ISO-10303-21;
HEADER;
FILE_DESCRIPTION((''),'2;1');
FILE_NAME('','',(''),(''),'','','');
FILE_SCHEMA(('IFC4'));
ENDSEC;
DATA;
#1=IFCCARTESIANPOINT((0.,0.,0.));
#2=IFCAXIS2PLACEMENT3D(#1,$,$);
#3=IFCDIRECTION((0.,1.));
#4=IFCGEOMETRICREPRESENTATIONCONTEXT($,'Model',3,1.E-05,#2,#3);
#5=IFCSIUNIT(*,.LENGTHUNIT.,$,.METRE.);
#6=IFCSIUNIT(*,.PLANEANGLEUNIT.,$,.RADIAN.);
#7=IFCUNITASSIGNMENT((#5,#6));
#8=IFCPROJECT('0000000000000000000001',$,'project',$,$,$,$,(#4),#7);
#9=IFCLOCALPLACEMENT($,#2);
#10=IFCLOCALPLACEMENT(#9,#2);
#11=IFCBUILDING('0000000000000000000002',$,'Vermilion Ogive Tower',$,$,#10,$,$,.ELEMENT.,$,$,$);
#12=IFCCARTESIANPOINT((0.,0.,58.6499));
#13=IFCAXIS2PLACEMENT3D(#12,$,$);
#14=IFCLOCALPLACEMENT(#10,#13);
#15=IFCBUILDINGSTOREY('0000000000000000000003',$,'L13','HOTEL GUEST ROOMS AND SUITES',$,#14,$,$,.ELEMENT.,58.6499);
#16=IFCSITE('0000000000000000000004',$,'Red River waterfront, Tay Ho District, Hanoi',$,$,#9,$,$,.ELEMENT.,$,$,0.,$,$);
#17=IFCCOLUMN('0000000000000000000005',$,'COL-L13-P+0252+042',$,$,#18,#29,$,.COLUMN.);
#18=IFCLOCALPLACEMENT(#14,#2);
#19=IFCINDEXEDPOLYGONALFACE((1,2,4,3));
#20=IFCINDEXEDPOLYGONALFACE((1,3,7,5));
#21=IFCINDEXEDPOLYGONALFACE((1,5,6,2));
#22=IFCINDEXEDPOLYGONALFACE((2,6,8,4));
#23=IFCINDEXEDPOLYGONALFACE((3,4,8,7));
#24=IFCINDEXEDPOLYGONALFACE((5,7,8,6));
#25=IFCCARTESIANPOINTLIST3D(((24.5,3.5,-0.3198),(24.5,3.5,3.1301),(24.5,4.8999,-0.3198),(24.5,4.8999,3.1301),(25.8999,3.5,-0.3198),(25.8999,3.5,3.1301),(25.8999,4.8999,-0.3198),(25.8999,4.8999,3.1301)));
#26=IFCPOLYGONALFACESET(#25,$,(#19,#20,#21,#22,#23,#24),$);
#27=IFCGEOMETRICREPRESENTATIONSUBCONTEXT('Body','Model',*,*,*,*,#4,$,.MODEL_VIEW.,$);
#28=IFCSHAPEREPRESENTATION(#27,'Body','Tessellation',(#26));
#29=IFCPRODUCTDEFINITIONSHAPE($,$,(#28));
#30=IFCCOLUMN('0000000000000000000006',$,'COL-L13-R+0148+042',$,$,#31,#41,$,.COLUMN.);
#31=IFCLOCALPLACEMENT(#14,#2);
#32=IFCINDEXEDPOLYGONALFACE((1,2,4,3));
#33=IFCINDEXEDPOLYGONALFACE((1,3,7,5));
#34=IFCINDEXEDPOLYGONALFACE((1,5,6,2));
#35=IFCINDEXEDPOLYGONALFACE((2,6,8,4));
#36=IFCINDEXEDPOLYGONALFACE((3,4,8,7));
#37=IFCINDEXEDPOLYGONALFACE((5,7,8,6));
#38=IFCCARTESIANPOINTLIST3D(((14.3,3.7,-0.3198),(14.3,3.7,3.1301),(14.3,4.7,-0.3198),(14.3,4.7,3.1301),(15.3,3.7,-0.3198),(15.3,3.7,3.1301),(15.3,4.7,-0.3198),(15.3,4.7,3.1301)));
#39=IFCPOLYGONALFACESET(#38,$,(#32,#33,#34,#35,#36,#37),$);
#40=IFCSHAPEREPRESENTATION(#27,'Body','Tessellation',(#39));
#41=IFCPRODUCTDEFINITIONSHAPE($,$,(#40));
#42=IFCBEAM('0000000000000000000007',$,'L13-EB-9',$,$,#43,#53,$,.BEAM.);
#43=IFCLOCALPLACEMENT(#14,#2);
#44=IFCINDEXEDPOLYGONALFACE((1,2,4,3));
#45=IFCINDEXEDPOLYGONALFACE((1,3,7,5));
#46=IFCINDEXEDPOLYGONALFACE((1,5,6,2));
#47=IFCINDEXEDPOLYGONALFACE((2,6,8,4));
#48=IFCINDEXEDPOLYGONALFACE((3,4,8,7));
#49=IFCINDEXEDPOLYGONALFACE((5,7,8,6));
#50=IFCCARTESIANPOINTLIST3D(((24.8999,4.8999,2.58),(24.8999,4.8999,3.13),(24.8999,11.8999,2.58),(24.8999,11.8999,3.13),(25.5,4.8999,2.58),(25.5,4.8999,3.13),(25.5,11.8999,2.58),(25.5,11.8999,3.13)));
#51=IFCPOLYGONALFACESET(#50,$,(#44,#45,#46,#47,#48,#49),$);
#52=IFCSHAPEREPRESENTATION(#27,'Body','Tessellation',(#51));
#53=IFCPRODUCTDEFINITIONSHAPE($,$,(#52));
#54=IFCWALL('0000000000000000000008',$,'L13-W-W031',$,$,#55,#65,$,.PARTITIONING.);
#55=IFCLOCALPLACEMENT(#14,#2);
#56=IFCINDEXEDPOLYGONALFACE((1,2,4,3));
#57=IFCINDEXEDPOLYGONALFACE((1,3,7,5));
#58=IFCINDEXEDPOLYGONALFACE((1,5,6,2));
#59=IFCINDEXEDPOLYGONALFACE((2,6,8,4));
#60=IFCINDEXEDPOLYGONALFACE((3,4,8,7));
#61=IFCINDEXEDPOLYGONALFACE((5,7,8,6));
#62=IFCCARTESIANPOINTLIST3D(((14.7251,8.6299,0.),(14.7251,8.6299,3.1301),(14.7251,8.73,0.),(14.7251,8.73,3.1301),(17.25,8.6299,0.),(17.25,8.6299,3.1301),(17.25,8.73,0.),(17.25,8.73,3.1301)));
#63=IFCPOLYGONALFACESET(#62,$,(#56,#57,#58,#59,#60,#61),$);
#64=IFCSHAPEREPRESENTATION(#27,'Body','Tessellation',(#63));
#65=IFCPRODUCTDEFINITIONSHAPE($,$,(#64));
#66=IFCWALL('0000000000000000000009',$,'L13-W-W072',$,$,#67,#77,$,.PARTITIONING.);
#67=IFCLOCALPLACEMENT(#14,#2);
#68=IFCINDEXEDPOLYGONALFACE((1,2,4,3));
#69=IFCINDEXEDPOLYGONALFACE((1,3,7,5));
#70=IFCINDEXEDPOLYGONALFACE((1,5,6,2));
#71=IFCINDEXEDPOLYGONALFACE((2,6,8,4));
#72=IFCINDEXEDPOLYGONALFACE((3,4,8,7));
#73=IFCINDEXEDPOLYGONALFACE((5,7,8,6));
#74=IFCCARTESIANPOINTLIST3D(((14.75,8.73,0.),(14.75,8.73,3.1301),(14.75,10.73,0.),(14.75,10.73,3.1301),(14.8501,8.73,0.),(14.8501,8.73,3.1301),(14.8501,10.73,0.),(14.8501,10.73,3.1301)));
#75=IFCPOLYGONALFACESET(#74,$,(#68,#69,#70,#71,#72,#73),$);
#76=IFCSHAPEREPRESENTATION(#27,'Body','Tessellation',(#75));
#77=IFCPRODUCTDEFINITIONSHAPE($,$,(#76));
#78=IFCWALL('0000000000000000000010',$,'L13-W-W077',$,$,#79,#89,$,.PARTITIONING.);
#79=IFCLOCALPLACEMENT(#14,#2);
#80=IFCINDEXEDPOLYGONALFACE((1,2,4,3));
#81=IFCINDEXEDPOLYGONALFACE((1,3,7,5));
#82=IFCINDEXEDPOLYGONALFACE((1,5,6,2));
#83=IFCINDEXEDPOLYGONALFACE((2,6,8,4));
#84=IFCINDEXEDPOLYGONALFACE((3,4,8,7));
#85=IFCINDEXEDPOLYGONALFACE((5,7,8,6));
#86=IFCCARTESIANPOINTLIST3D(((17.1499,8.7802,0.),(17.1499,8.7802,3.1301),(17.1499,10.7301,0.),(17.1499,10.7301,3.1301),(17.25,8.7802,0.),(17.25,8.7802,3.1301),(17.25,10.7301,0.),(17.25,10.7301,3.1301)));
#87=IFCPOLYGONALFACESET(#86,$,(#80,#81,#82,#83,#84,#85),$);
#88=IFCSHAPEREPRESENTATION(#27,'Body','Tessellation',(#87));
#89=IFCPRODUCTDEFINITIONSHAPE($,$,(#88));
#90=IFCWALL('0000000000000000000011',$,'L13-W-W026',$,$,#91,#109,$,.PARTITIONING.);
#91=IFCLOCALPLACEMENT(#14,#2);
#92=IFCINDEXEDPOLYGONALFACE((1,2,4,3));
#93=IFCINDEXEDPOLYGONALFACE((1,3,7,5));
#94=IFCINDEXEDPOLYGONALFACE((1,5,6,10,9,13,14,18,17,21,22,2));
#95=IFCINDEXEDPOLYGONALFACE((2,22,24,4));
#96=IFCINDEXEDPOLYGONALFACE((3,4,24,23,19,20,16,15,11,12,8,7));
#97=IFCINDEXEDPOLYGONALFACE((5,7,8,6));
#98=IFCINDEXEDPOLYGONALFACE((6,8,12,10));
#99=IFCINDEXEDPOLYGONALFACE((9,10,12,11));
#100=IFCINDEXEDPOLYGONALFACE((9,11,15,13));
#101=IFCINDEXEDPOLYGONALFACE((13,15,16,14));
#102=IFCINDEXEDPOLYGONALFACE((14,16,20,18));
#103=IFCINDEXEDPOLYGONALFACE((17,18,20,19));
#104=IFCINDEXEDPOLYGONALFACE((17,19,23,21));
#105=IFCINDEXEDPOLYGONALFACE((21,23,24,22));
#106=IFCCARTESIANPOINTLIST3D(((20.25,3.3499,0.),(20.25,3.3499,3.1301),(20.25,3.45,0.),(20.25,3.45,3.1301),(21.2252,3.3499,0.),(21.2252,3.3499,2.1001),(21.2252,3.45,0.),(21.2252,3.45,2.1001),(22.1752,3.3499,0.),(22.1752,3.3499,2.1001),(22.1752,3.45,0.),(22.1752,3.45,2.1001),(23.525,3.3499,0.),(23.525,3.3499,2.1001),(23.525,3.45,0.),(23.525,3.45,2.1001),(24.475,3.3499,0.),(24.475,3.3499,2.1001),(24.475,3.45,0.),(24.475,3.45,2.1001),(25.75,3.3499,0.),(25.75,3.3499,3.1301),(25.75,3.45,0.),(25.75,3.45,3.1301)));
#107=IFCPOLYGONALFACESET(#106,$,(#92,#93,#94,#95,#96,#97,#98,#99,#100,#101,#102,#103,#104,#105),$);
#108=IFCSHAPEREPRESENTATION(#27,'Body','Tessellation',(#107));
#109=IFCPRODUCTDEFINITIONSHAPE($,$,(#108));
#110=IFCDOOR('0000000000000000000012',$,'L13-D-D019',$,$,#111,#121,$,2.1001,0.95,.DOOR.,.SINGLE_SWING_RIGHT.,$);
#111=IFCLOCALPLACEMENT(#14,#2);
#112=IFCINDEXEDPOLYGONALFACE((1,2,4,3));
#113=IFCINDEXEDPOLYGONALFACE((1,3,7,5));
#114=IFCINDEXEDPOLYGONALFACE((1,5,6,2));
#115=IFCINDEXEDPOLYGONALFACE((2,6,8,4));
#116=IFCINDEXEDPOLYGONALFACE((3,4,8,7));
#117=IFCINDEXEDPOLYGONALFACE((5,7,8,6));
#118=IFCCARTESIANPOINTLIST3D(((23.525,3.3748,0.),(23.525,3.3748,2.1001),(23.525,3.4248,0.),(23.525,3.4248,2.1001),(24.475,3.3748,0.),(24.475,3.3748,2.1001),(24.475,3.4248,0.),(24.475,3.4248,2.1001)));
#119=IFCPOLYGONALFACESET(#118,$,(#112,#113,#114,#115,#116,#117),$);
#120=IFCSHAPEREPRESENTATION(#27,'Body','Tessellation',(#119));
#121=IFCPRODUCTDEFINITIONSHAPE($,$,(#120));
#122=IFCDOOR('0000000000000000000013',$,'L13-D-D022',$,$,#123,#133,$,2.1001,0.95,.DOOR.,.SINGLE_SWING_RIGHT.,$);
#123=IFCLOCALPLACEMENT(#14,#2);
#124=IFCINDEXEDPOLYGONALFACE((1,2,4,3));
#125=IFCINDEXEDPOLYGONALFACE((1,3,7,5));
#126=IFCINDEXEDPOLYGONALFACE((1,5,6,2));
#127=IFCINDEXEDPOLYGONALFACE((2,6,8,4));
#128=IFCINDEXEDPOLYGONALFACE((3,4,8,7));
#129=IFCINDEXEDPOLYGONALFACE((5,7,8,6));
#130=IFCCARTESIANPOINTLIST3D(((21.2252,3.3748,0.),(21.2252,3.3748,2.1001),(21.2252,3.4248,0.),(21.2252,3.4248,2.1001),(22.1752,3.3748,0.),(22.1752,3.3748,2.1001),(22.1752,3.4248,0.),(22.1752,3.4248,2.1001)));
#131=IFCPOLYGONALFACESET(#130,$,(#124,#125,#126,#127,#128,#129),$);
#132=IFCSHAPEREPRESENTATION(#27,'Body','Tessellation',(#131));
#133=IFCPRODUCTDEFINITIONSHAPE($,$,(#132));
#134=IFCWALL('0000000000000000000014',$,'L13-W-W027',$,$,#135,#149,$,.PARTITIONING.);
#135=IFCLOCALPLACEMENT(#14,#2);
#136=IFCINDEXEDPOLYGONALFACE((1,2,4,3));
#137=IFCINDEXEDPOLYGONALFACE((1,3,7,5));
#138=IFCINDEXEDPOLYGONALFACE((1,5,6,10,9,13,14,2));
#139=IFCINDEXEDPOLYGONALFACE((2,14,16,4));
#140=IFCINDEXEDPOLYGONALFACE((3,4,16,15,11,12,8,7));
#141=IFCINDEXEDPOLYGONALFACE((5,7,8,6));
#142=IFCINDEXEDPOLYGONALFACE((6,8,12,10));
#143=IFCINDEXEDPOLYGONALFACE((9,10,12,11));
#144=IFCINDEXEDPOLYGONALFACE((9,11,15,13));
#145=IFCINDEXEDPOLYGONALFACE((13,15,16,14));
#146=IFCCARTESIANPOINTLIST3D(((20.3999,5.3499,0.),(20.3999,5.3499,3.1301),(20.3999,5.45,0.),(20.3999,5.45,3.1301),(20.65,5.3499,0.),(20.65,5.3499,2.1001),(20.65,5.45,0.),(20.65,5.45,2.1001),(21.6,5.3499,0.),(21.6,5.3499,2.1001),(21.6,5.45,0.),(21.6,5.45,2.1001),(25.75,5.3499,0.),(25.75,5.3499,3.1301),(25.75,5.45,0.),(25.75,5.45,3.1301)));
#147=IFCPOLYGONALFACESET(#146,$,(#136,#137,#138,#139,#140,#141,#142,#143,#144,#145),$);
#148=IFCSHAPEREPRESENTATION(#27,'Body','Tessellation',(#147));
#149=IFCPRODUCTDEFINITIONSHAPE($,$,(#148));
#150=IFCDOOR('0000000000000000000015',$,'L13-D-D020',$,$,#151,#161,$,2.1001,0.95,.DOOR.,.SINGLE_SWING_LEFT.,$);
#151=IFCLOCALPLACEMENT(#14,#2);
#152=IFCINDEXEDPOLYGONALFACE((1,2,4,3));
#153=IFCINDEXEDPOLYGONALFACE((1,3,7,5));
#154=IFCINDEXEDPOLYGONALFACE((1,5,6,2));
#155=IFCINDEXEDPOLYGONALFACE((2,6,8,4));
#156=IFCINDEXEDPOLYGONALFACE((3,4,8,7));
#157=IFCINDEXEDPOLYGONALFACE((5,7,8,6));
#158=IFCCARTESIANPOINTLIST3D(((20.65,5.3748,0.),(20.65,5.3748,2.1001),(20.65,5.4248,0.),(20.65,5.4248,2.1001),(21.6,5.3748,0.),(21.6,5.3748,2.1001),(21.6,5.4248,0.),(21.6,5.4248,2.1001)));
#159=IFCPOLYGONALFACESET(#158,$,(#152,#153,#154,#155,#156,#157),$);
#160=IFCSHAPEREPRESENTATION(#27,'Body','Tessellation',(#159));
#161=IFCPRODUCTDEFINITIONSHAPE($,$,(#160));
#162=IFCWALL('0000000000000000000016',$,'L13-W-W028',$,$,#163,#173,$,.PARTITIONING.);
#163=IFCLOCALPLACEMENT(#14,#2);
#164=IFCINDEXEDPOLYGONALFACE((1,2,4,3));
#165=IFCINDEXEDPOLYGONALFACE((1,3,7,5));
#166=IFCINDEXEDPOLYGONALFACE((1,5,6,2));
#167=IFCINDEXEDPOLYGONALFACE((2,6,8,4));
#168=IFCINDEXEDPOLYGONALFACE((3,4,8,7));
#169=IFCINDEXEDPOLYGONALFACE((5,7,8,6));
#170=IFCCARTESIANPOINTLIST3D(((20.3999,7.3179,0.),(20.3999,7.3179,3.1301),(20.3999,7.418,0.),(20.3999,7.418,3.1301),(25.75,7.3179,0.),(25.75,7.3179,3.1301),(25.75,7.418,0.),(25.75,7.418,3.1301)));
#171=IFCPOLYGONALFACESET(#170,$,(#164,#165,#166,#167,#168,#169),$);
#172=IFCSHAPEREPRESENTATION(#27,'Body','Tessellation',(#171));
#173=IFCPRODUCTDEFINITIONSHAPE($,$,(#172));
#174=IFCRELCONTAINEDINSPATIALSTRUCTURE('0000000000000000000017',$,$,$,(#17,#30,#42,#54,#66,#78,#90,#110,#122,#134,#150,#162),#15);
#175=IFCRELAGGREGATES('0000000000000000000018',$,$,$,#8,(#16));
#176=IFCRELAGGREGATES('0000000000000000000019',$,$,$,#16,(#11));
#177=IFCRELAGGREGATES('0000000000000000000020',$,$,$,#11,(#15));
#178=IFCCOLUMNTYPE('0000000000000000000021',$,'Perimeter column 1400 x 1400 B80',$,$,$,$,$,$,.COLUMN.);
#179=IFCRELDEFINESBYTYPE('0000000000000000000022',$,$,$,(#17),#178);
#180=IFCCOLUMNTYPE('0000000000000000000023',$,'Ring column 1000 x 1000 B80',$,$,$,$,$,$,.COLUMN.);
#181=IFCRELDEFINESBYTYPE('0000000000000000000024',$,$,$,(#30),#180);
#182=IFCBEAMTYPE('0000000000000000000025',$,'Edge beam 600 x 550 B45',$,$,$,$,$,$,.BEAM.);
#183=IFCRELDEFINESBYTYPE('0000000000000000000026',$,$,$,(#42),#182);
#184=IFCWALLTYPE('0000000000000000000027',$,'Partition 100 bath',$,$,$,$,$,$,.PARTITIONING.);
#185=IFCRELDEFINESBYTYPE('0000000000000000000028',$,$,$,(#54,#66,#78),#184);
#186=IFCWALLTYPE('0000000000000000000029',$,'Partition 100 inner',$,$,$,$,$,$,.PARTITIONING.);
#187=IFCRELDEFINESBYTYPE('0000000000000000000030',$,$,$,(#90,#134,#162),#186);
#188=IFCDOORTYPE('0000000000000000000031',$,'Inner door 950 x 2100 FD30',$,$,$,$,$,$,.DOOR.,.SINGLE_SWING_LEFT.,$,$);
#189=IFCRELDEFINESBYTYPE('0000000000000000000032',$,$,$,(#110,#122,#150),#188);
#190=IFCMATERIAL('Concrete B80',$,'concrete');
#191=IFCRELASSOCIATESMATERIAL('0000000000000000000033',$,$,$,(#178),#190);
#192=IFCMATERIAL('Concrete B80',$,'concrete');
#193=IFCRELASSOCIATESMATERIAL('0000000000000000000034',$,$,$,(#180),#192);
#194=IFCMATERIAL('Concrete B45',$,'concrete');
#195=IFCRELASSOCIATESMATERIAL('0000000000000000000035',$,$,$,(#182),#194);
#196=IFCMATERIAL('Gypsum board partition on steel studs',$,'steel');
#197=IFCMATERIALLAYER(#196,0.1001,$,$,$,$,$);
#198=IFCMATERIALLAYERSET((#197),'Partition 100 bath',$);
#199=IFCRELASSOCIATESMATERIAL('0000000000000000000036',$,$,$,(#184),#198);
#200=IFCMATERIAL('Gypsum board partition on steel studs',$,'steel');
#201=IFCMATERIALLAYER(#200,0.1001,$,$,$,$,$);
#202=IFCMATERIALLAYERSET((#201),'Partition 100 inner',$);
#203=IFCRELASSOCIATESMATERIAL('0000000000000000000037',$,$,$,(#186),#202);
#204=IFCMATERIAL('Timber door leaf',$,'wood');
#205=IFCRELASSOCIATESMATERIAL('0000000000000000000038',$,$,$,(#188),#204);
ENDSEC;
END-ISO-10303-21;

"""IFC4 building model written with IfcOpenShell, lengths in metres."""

from ifc_helpers import new_model, si_unit, direction, frame, frame_2d, origin, origin_2d, place, context, subcontext, project, spatial, rectangle, extrude, material, layer, layer_set, material_profile, profile_set, type_object, element, fill, save


model = new_model("IFC4")

# Units and contexts
model_context = context("Model", 3, precision=1e-05, world=origin(), true_north=direction((0.0, 1.0)))
body_context = subcontext(model_context, "Body", "Model", "MODEL_VIEW")
ifc_project = project(units=[si_unit("LENGTHUNIT", "METRE"), si_unit("PLANEANGLEUNIT", "RADIAN")], contexts=[model_context])

# Site, building, storey
site_placement = place(None, origin())
site = spatial("IfcSite", under=ifc_project, at=site_placement, Name="Red River waterfront, Tay Ho District, Hanoi", CompositionType="ELEMENT", RefElevation=0.0)
building_placement = place(site_placement, origin())
building = spatial("IfcBuilding", under=site, at=building_placement, Name="Vermilion Ogive Tower", CompositionType="ELEMENT")
storey_placement = place(building_placement, frame((0.0, 0.0, 58.6499)))
storey = spatial("IfcBuildingStorey", under=building, at=storey_placement, Name="L13", Description="HOTEL GUEST ROOMS AND SUITES", CompositionType="ELEMENT", Elevation=58.6499)

# Columns
ifc_material_1 = material(Name="Concrete B80", Category="concrete")
ifc_material_profile_1 = material_profile(ifc_material_1, rectangle(XDim=1.3999, YDim=1.3999, at=origin_2d()), Name="1400 x 1400")
ifc_profile_set_1 = profile_set([ifc_material_profile_1], Name="Concrete B80")
column_type_1 = type_object("IfcColumnType", Name="Perimeter column 1400 x 1400 B80", PredefinedType="COLUMN", material=ifc_profile_set_1)
column_1_placement = place(storey_placement, frame((25.2, 4.2, -0.3198), z_axis=(0.0, 0.0, 1.0), x_axis=(1.0, 0.0, 0.0)))
element("IfcColumn", 1, at=column_1_placement, inside=storey, type_object=column_type_1, Name="COL-L13-P+0252+042", PredefinedType="COLUMN", context=body_context, shape_type="SweptSolid", body=[
    extrude(rectangle(XDim=1.3999, YDim=1.3999, at=origin_2d()), origin(), (0.0, 0.0, 1.0), 3.45),
])
ifc_material_2 = material(Name="Concrete B80", Category="concrete")
ifc_material_profile_2 = material_profile(ifc_material_2, rectangle(XDim=1.0, YDim=1.0, at=origin_2d()), Name="1000 x 1000")
ifc_profile_set_2 = profile_set([ifc_material_profile_2], Name="Concrete B80")
column_type_2 = type_object("IfcColumnType", Name="Ring column 1000 x 1000 B80", PredefinedType="COLUMN", material=ifc_profile_set_2)
column_2_placement = place(storey_placement, frame((14.8, 4.2, -0.3198), z_axis=(0.0, 0.0, 1.0), x_axis=(1.0, 0.0, 0.0)))
element("IfcColumn", 2, at=column_2_placement, inside=storey, type_object=column_type_2, Name="COL-L13-R+0148+042", PredefinedType="COLUMN", context=body_context, shape_type="SweptSolid", body=[
    extrude(rectangle(XDim=1.0, YDim=1.0, at=origin_2d()), origin(), (0.0, 0.0, 1.0), 3.45),
])

# Beam
ifc_material_3 = material(Name="Concrete B45", Category="concrete")
ifc_material_profile_3 = material_profile(ifc_material_3, rectangle(XDim=0.6001, YDim=0.55, at=origin_2d()), Name="600 x 550")
ifc_profile_set_3 = profile_set([ifc_material_profile_3], Name="Concrete B45")
beam_type = type_object("IfcBeamType", Name="Edge beam 600 x 550 B45", PredefinedType="BEAM", material=ifc_profile_set_3)
beam_placement = place(storey_placement, frame((25.2, 4.8999, 2.855), z_axis=(0.0, 1.0, 0.0), x_axis=(-1.0, 0.0, 0.0)))
element("IfcBeam", 3, at=beam_placement, inside=storey, type_object=beam_type, Name="L13-EB-9", PredefinedType="BEAM", context=body_context, shape_type="SweptSolid", body=[
    extrude(rectangle(XDim=0.6001, YDim=0.55, at=origin_2d()), origin(), (0.0, 0.0, 1.0), 7.0),
])

# Walls
ifc_material_4 = material(Name="Gypsum board partition on steel studs", Category="steel")
ifc_layer_1 = layer(ifc_material_4, 0.1001)
ifc_layer_set_1 = layer_set([ifc_layer_1], Name="Partition 100 bath")
wall_type_1 = type_object("IfcWallType", Name="Partition 100 bath", PredefinedType="PARTITIONING", material=ifc_layer_set_1)
wall_1_placement = place(storey_placement, frame((14.7251, 8.6799, 0.0), z_axis=(0.0, 0.0, 1.0), x_axis=(1.0, 0.0, 0.0)))
element("IfcWall", 4, at=wall_1_placement, inside=storey, type_object=wall_type_1, Name="L13-W-W031", PredefinedType="PARTITIONING", context=body_context, shape_type="SweptSolid", body=[
    extrude(rectangle(XDim=2.5249, YDim=0.1001, at=frame_2d((1.2625, 0.0))), origin(), (0.0, 0.0, 1.0), 3.1301),
])
wall_2_placement = place(storey_placement, frame((14.8, 8.73, 0.0), z_axis=(0.0, 0.0, 1.0), x_axis=(0.0, 1.0, 0.0)))
element("IfcWall", 5, at=wall_2_placement, inside=storey, type_object=wall_type_1, Name="L13-W-W072", PredefinedType="PARTITIONING", context=body_context, shape_type="SweptSolid", body=[
    extrude(rectangle(XDim=2.0, YDim=0.1001, at=frame_2d((1.0, 0.0))), origin(), (0.0, 0.0, 1.0), 3.1301),
])
wall_3_placement = place(storey_placement, frame((17.2, 8.78, 0.0), z_axis=(0.0, 0.0, 1.0), x_axis=(0.0, 1.0, 0.0)))
element("IfcWall", 6, at=wall_3_placement, inside=storey, type_object=wall_type_1, Name="L13-W-W077", PredefinedType="PARTITIONING", context=body_context, shape_type="SweptSolid", body=[
    extrude(rectangle(XDim=1.95, YDim=0.1001, at=frame_2d((0.9751, 0.0))), origin(), (0.0, 0.0, 1.0), 3.1301),
])

# Wall, openings, doors
ifc_material_5 = material(Name="Gypsum board partition on steel studs", Category="steel")
ifc_layer_2 = layer(ifc_material_5, 0.1001)
ifc_layer_set_2 = layer_set([ifc_layer_2], Name="Partition 100 inner")
wall_type_2 = type_object("IfcWallType", Name="Partition 100 inner", PredefinedType="PARTITIONING", material=ifc_layer_set_2)
wall_4_placement = place(storey_placement, frame((20.25, 3.3999, 0.0), z_axis=(0.0, 0.0, 1.0), x_axis=(1.0, 0.0, 0.0)))
wall_4 = element("IfcWall", 7, at=wall_4_placement, inside=storey, type_object=wall_type_2, Name="L13-W-W026", PredefinedType="PARTITIONING", context=body_context, shape_type="SweptSolid", body=[
    extrude(rectangle(XDim=5.5, YDim=0.1001, at=frame_2d((2.75, 0.0))), origin(), (0.0, 0.0, 1.0), 3.1301),
])
opening_1_placement = place(wall_4_placement, frame((3.2749, 0.0, 0.0)))
opening_1 = element("IfcOpeningElement", 8, at=opening_1_placement, cuts=wall_4, PredefinedType="OPENING", context=body_context, shape_type="SweptSolid", body=[
    extrude(rectangle(XDim=0.95, YDim=2.1001, at=frame_2d((0.4751, 1.05))), frame((0.0, 0.0601, 0.0), z_axis=(0.0, -1.0, 0.0), x_axis=(1.0, 0.0, 0.0)), (0.0, 0.0, 1.0), 0.1201),
])
opening_2_placement = place(wall_4_placement, frame((0.9751, 0.0, 0.0)))
opening_2 = element("IfcOpeningElement", 9, at=opening_2_placement, cuts=wall_4, PredefinedType="OPENING", context=body_context, shape_type="SweptSolid", body=[
    extrude(rectangle(XDim=0.95, YDim=2.1001, at=frame_2d((0.4751, 1.05))), frame((0.0, 0.0601, 0.0), z_axis=(0.0, -1.0, 0.0), x_axis=(1.0, 0.0, 0.0)), (0.0, 0.0, 1.0), 0.1201),
])
ifc_material_6 = material(Name="Timber door leaf", Category="wood")
door_type_1 = type_object("IfcDoorType", Name="Inner door 950 x 2100 FD30", OperationType="SINGLE_SWING_LEFT", PredefinedType="DOOR", material=ifc_material_6)
door_1_placement = place(opening_1_placement, origin())
door_1 = element("IfcDoor", 10, at=door_1_placement, inside=storey, type_object=door_type_1, Name="L13-D-D019", OperationType="SINGLE_SWING_RIGHT", OverallHeight=2.1001, OverallWidth=0.95, PredefinedType="DOOR", context=body_context, shape_type="SweptSolid", body=[
    extrude(rectangle(XDim=0.95, YDim=2.1001, at=frame_2d((0.4751, 1.05))), frame((0.0, 0.0249, 0.0), z_axis=(0.0, -1.0, 0.0), x_axis=(1.0, 0.0, 0.0)), (0.0, 0.0, 1.0), 0.05),
])
fill(opening_1, door_1)
door_2_placement = place(opening_2_placement, origin())
door_2 = element("IfcDoor", 11, at=door_2_placement, inside=storey, type_object=door_type_1, Name="L13-D-D022", OperationType="SINGLE_SWING_RIGHT", OverallHeight=2.1001, OverallWidth=0.95, PredefinedType="DOOR", context=body_context, shape_type="SweptSolid", body=[
    extrude(rectangle(XDim=0.95, YDim=2.1001, at=frame_2d((0.4751, 1.05))), frame((0.0, 0.0249, 0.0), z_axis=(0.0, -1.0, 0.0), x_axis=(1.0, 0.0, 0.0)), (0.0, 0.0, 1.0), 0.05),
])
fill(opening_2, door_2)

# Wall, opening, door
wall_5_placement = place(storey_placement, frame((20.3999, 5.3999, 0.0), z_axis=(0.0, 0.0, 1.0), x_axis=(1.0, 0.0, 0.0)))
wall_5 = element("IfcWall", 12, at=wall_5_placement, inside=storey, type_object=wall_type_2, Name="L13-W-W027", PredefinedType="PARTITIONING", context=body_context, shape_type="SweptSolid", body=[
    extrude(rectangle(XDim=5.3501, YDim=0.1001, at=frame_2d((2.675, 0.0))), origin(), (0.0, 0.0, 1.0), 3.1301),
])
opening_3_placement = place(wall_5_placement, frame((0.25, 0.0, 0.0)))
opening_3 = element("IfcOpeningElement", 13, at=opening_3_placement, cuts=wall_5, PredefinedType="OPENING", context=body_context, shape_type="SweptSolid", body=[
    extrude(rectangle(XDim=0.95, YDim=2.1001, at=frame_2d((0.4751, 1.05))), frame((0.0, 0.0601, 0.0), z_axis=(0.0, -1.0, 0.0), x_axis=(1.0, 0.0, 0.0)), (0.0, 0.0, 1.0), 0.1201),
])
door_3_placement = place(opening_3_placement, origin())
door_3 = element("IfcDoor", 14, at=door_3_placement, inside=storey, type_object=door_type_1, Name="L13-D-D020", OperationType="SINGLE_SWING_LEFT", OverallHeight=2.1001, OverallWidth=0.95, PredefinedType="DOOR", context=body_context, shape_type="SweptSolid", body=[
    extrude(rectangle(XDim=0.95, YDim=2.1001, at=frame_2d((0.4751, 1.05))), frame((0.0, 0.0249, 0.0), z_axis=(0.0, -1.0, 0.0), x_axis=(1.0, 0.0, 0.0)), (0.0, 0.0, 1.0), 0.05),
])
fill(opening_3, door_3)

# Wall
wall_6_placement = place(storey_placement, frame((20.3999, 7.3679, 0.0), z_axis=(0.0, 0.0, 1.0), x_axis=(1.0, 0.0, 0.0)))
element("IfcWall", 15, at=wall_6_placement, inside=storey, type_object=wall_type_2, Name="L13-W-W028", PredefinedType="PARTITIONING", context=body_context, shape_type="SweptSolid", body=[
    extrude(rectangle(XDim=5.3501, YDim=0.1001, at=frame_2d((2.675, 0.0))), origin(), (0.0, 0.0, 1.0), 3.1301),
])

save(model, "model.ifc")
